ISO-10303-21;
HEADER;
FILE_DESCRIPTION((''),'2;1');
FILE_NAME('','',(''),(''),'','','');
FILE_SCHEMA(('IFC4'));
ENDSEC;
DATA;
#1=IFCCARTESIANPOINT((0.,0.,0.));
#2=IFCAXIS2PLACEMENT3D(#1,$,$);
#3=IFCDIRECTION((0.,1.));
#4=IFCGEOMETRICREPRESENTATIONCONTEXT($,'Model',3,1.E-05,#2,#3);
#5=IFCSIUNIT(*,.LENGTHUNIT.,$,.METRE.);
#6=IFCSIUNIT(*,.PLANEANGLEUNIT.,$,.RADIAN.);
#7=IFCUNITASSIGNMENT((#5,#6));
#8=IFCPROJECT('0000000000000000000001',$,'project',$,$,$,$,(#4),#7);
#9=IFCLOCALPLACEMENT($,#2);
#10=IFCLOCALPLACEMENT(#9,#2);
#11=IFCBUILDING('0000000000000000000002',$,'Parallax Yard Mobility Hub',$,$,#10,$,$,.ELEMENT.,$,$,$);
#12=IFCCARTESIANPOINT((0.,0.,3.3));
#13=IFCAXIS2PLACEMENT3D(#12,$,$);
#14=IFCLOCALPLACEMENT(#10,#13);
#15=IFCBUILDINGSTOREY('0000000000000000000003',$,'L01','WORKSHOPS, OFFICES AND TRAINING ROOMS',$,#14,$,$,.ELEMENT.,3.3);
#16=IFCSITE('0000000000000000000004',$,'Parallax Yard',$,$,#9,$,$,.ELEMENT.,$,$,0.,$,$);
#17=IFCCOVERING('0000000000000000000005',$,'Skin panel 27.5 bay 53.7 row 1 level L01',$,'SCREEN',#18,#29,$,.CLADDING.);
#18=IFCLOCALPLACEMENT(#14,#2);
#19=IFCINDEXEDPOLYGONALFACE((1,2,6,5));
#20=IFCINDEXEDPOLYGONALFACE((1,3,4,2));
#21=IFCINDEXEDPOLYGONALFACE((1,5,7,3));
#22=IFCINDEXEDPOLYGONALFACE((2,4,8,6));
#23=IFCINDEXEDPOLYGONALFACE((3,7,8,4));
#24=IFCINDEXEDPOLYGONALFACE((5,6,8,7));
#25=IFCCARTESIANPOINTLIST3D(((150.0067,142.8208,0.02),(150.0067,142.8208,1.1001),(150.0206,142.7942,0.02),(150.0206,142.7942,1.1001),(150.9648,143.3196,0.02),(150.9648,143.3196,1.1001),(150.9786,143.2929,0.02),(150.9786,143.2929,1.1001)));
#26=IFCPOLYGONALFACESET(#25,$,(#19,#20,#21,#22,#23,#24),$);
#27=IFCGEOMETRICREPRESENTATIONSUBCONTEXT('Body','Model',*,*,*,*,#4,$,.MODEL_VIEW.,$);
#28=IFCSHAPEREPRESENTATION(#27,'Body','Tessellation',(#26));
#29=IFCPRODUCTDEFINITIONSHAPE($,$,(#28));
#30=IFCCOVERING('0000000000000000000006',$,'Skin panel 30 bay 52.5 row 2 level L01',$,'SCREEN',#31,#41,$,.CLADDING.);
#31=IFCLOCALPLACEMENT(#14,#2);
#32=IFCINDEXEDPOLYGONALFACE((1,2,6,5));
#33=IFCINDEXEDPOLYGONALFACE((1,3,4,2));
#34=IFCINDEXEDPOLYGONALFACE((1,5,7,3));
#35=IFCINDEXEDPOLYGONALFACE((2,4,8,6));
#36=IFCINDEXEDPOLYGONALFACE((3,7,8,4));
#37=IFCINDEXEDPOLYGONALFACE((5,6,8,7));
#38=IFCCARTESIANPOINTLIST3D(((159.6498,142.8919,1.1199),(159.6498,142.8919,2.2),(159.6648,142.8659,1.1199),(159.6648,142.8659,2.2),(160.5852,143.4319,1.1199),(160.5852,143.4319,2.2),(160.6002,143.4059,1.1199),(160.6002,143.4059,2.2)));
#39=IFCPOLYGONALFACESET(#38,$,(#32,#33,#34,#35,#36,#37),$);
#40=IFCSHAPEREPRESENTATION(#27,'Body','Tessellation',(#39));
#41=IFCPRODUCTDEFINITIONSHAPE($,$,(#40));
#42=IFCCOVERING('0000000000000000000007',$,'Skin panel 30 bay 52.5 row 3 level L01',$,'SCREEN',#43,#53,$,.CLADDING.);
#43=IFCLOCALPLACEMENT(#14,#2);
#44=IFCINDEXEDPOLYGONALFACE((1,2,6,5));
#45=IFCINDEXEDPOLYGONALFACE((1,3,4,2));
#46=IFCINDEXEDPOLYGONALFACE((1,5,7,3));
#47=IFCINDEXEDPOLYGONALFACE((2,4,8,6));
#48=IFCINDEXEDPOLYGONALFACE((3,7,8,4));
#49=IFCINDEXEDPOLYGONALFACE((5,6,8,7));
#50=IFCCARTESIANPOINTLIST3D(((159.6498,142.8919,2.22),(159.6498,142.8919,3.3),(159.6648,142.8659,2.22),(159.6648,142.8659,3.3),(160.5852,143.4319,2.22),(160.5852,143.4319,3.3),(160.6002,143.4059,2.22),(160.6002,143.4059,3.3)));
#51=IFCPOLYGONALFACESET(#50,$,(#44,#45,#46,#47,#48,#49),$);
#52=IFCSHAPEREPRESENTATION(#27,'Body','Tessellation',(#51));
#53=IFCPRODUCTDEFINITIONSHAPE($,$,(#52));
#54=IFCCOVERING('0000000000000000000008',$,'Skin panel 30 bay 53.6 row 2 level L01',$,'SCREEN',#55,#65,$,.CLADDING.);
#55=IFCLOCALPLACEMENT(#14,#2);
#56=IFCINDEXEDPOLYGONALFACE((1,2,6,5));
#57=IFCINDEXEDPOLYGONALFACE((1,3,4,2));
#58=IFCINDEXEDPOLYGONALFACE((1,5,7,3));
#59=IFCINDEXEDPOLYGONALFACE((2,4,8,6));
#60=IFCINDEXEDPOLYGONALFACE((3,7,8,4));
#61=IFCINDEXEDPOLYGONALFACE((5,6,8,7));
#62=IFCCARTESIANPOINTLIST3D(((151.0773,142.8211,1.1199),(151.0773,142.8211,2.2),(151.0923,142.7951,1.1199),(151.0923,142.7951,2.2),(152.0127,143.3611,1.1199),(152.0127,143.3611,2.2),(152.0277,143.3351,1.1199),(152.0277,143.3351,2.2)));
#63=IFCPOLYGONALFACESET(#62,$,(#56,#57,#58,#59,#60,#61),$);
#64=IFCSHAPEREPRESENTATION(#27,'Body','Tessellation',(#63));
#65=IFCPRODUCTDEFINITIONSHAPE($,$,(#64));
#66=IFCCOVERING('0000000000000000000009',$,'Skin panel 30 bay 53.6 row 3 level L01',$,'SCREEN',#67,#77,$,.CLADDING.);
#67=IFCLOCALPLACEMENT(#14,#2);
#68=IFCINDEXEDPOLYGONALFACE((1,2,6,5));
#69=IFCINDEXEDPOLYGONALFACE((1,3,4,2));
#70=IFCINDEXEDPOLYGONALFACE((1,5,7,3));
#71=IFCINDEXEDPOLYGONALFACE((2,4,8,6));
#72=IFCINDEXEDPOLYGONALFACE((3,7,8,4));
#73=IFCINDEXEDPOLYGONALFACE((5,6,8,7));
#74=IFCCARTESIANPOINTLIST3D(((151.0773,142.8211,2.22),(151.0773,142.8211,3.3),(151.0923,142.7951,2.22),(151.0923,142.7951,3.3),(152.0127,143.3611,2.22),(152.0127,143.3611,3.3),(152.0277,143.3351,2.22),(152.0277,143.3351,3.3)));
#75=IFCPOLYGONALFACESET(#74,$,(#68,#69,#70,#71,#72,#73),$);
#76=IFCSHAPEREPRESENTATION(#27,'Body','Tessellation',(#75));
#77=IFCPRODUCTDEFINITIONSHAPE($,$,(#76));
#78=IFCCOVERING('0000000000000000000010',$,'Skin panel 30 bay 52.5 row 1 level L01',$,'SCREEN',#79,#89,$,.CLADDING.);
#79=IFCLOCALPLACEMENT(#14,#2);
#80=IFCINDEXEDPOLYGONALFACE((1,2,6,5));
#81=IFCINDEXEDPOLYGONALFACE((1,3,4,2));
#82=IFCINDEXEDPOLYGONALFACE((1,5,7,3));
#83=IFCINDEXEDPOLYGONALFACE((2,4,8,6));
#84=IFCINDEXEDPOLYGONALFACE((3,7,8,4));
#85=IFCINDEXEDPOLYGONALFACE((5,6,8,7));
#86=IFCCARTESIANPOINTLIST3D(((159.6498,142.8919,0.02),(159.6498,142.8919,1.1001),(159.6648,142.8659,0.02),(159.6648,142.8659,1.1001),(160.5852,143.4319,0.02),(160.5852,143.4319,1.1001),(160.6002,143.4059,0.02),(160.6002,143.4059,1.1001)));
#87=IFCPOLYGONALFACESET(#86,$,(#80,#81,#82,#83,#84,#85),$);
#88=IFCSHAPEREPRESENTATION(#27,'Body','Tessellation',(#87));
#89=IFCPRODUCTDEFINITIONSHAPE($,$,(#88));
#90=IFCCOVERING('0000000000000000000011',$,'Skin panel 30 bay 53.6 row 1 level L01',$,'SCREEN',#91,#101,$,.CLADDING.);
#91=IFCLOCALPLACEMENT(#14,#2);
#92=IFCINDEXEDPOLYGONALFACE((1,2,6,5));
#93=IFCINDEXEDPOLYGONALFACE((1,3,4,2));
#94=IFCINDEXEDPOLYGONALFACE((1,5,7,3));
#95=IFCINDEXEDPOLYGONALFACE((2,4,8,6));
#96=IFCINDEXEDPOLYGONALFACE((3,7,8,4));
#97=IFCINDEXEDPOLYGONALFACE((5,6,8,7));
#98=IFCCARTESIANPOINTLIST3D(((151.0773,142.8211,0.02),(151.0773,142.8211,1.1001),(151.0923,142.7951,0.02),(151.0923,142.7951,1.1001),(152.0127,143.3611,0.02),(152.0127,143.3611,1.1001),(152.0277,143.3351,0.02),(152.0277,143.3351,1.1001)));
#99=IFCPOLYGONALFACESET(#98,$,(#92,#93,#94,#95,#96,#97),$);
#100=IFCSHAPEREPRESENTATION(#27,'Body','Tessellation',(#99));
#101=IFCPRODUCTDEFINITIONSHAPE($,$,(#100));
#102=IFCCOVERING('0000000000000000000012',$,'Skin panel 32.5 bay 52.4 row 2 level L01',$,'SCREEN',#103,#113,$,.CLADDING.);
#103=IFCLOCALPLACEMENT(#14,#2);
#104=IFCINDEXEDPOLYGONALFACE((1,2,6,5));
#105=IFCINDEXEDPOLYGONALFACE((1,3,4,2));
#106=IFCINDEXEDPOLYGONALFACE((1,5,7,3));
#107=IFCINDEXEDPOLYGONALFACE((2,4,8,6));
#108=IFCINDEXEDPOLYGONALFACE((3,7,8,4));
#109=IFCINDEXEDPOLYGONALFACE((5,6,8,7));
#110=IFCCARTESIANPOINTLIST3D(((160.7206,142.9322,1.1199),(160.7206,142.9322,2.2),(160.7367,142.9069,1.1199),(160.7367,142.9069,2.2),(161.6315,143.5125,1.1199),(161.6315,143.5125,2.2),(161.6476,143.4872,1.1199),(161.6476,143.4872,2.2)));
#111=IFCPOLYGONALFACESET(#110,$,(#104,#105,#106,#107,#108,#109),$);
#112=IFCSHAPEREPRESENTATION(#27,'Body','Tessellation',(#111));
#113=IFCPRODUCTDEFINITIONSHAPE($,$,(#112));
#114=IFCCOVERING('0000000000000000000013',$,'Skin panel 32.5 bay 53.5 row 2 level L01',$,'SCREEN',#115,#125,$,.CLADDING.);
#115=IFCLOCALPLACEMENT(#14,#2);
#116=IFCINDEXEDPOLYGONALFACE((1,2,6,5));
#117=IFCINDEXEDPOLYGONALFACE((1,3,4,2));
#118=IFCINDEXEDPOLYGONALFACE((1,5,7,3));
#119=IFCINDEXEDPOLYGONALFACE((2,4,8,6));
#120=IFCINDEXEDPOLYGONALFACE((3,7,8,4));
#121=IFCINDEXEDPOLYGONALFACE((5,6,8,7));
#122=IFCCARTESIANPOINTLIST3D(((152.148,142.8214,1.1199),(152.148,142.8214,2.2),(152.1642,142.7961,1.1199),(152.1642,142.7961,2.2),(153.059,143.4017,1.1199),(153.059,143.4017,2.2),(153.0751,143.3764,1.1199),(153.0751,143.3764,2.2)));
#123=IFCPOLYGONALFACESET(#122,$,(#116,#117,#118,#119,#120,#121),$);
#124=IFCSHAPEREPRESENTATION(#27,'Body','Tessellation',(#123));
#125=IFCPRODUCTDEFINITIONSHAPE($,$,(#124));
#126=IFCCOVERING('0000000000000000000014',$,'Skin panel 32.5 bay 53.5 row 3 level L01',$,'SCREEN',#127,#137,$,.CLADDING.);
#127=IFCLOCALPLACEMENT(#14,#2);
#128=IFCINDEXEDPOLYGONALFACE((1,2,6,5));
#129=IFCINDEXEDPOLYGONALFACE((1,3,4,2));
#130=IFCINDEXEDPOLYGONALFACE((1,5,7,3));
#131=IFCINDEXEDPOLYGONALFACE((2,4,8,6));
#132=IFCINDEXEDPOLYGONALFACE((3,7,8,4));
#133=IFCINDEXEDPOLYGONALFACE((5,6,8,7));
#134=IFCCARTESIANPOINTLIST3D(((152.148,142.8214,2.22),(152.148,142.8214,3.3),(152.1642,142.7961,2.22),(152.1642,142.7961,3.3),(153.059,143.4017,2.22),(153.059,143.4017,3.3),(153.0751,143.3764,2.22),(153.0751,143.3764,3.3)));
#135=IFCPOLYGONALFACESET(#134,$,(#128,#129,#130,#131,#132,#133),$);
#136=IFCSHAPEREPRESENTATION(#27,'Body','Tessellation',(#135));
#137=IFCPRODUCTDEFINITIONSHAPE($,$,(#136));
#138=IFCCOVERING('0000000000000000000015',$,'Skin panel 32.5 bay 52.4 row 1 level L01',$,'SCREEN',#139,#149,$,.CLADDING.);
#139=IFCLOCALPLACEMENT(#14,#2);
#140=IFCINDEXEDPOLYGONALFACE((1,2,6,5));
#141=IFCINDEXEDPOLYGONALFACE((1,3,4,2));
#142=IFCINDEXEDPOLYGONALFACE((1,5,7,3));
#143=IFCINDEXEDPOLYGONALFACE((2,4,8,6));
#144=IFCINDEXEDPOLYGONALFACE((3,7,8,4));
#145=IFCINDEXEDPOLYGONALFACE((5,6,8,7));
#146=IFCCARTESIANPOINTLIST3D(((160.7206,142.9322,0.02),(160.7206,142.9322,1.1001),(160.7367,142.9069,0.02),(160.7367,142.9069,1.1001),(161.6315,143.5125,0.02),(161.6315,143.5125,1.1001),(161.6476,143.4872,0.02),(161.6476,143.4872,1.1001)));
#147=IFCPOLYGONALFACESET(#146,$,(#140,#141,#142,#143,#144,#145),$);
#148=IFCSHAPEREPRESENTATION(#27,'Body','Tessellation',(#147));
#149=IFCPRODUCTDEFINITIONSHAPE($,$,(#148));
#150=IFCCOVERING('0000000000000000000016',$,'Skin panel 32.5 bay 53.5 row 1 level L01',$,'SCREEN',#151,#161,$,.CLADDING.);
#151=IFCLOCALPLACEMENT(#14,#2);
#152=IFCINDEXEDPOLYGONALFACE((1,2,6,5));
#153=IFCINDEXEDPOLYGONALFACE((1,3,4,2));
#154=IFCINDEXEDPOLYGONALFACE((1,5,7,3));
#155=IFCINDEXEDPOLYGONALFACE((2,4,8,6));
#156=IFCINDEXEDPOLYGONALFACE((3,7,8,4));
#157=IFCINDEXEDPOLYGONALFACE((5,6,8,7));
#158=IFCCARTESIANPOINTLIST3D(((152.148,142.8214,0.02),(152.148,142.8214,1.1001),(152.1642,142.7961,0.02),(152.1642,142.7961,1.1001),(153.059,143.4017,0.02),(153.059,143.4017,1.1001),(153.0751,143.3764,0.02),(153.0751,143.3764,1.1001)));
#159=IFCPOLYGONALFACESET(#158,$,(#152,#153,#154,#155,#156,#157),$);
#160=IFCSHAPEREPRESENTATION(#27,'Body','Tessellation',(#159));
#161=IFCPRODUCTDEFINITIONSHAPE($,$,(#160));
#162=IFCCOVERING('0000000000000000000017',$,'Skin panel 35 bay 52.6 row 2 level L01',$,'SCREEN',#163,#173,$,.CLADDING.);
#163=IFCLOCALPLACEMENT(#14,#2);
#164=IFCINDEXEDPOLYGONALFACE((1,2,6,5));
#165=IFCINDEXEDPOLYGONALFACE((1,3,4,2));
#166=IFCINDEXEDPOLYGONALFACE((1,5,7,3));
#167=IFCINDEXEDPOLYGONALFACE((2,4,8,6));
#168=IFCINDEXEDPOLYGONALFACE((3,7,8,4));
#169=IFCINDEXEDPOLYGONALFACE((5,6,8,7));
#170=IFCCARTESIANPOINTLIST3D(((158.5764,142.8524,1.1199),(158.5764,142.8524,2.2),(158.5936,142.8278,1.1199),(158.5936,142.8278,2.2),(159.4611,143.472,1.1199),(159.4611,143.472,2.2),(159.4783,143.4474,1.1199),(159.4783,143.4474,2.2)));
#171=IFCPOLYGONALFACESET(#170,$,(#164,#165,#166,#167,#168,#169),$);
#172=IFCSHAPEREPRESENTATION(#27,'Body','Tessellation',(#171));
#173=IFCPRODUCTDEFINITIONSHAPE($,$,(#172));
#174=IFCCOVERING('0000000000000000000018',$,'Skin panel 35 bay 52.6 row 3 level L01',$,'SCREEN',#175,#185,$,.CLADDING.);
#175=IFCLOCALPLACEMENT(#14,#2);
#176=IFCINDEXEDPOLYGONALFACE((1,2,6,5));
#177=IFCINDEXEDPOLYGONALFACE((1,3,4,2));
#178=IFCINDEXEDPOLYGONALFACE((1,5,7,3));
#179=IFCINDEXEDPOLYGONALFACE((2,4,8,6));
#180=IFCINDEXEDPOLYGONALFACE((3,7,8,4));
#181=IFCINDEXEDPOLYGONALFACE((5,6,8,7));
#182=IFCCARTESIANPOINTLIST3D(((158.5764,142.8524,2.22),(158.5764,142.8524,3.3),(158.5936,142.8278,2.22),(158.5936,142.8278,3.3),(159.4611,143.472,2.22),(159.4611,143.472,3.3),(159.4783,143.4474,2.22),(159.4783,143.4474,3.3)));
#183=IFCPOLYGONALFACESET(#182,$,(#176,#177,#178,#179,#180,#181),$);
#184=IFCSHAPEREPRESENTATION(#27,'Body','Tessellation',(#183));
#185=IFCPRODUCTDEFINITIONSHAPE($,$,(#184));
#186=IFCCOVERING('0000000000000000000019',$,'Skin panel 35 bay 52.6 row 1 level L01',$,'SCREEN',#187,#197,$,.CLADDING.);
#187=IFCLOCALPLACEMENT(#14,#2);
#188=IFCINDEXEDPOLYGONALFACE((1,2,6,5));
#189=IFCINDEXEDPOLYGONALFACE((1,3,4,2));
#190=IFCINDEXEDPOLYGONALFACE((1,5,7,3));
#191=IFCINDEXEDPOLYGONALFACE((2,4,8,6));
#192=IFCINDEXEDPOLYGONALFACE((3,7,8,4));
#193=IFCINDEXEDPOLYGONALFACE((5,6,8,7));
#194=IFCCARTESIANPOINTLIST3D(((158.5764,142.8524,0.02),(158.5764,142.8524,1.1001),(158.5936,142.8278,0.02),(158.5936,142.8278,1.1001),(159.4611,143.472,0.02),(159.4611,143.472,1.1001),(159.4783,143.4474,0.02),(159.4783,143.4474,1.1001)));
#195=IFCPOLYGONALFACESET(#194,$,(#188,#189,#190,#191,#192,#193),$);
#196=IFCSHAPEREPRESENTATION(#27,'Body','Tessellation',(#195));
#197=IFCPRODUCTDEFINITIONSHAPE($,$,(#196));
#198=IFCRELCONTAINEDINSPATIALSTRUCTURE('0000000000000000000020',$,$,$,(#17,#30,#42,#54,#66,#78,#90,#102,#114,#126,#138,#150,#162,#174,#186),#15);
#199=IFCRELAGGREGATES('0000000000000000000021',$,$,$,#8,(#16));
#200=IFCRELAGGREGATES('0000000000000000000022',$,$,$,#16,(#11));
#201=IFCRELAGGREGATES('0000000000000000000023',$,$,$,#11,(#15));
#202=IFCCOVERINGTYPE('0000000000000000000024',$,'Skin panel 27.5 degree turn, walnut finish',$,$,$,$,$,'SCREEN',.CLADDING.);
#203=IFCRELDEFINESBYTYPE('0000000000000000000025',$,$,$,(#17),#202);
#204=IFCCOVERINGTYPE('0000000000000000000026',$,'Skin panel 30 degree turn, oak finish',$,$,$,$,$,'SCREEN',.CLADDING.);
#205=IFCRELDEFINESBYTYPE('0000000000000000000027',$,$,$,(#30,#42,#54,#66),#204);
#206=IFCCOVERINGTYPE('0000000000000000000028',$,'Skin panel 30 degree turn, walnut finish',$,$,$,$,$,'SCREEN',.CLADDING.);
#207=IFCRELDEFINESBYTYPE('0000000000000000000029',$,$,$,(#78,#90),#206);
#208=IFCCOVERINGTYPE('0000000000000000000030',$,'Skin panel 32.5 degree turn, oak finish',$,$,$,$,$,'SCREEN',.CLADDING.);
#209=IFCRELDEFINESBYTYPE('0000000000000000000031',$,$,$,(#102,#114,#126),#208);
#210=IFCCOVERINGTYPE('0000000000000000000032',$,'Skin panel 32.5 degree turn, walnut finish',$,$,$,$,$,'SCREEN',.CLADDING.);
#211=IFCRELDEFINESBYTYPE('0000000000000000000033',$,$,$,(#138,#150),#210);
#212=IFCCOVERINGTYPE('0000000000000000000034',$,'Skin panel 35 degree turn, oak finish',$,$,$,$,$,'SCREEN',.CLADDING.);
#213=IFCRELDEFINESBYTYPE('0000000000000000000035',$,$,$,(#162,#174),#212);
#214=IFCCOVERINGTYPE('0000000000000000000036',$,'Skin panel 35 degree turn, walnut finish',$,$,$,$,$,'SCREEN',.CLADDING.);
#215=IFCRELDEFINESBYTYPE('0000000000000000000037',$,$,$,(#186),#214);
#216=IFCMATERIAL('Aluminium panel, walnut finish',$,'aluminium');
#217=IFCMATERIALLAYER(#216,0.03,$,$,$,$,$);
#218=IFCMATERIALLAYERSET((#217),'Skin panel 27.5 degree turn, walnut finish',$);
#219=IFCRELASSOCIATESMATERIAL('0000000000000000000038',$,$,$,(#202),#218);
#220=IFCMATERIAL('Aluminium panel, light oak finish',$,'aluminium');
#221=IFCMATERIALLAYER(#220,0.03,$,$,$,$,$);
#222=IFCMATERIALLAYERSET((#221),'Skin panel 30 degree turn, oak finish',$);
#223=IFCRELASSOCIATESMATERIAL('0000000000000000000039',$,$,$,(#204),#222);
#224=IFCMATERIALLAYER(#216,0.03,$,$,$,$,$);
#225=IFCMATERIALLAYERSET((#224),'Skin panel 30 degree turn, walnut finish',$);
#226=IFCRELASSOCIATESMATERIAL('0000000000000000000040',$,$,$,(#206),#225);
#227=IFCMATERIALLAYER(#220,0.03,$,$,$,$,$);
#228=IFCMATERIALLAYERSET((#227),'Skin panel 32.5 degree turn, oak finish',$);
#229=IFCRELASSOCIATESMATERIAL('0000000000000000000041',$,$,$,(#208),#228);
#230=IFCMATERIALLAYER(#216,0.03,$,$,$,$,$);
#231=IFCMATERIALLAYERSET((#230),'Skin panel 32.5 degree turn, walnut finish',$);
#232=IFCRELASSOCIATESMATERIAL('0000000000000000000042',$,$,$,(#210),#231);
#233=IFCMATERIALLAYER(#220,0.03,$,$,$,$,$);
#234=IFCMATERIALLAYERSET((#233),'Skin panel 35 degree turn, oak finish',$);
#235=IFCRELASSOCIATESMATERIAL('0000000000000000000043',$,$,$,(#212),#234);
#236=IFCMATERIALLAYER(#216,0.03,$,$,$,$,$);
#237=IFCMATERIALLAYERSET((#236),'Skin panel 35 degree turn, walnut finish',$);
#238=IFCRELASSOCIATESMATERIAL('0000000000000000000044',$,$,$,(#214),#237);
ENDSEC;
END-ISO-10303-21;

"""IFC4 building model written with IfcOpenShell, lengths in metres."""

from ifc_helpers import new_model, si_unit, direction, frame, origin, origin_2d, place, context, subcontext, project, spatial, rectangle, extrude, material, layer, layer_set, type_object, element, save


model = new_model("IFC4")

# Units and contexts
model_context = context("Model", 3, precision=1e-05, world=origin(), true_north=direction((0.0, 1.0)))
body_context = subcontext(model_context, "Body", "Model", "MODEL_VIEW")
ifc_project = project(units=[si_unit("LENGTHUNIT", "METRE"), si_unit("PLANEANGLEUNIT", "RADIAN")], contexts=[model_context])

# Site, building, storey
site_placement = place(None, origin())
site = spatial("IfcSite", under=ifc_project, at=site_placement, Name="Parallax Yard", CompositionType="ELEMENT", RefElevation=0.0)
building_placement = place(site_placement, origin())
building = spatial("IfcBuilding", under=site, at=building_placement, Name="Parallax Yard Mobility Hub", CompositionType="ELEMENT")
storey_placement = place(building_placement, frame((0.0, 0.0, 3.3)))
storey = spatial("IfcBuildingStorey", under=building, at=storey_placement, Name="L01", Description="WORKSHOPS, OFFICES AND TRAINING ROOMS", CompositionType="ELEMENT", Elevation=3.3)

# Coverings
ifc_material_1 = material(Name="Aluminium panel, light oak finish", Category="aluminium")
ifc_material_2 = material(Name="Aluminium panel, walnut finish", Category="aluminium")
ifc_layer_1 = layer(ifc_material_2, 0.03)
ifc_layer_set_1 = layer_set([ifc_layer_1], Name="Skin panel 27.5 degree turn, walnut finish")
covering_type_1 = type_object("IfcCoveringType", Name="Skin panel 27.5 degree turn, walnut finish", ElementType="SCREEN", PredefinedType="CLADDING", material=ifc_layer_set_1)
for number, where, z_axis, x_axis, name in (
    (1, (150.4927, 143.0569, 0.02), (0.0, 0.0, 1.0), (0.887011, 0.461749, 0.0), "Skin panel 27.5 bay 53.7 row 1 level L01"),
):
    element("IfcCovering", number, at=place(storey_placement, frame(where, z_axis=z_axis, x_axis=x_axis)), inside=storey, type_object=covering_type_1, Name=name, ObjectType="SCREEN", PredefinedType="CLADDING", context=body_context, shape_type="SweptSolid", body=[
        extrude(rectangle(XDim=1.0801, YDim=0.03, at=origin_2d()), origin(), (0.0, 0.0, 1.0), 1.0801),
    ])
ifc_layer_2 = layer(ifc_material_1, 0.03)
ifc_layer_set_2 = layer_set([ifc_layer_2], Name="Skin panel 30 degree turn, oak finish")
covering_type_2 = type_object("IfcCoveringType", Name="Skin panel 30 degree turn, oak finish", ElementType="SCREEN", PredefinedType="CLADDING", material=ifc_layer_set_2)
for number, where, z_axis, x_axis, name in (
    (2, (160.125, 143.1489, 1.1199), (0.0, 0.0, 1.0), (0.866025, 0.5, 0.0), "Skin panel 30 bay 52.5 row 2 level L01"),
    (3, (160.125, 143.1489, 2.22), (0.0, 0.0, 1.0), (0.866025, 0.5, 0.0), "Skin panel 30 bay 52.5 row 3 level L01"),
    (4, (151.5525, 143.0781, 1.1199), (0.0, 0.0, 1.0), (0.866025, 0.5, 0.0), "Skin panel 30 bay 53.6 row 2 level L01"),
    (5, (151.5525, 143.0781, 2.22), (0.0, 0.0, 1.0), (0.866025, 0.5, 0.0), "Skin panel 30 bay 53.6 row 3 level L01"),
):
    element("IfcCovering", number, at=place(storey_placement, frame(where, z_axis=z_axis, x_axis=x_axis)), inside=storey, type_object=covering_type_2, Name=name, ObjectType="SCREEN", PredefinedType="CLADDING", context=body_context, shape_type="SweptSolid", body=[
        extrude(rectangle(XDim=1.0801, YDim=0.03, at=origin_2d()), origin(), (0.0, 0.0, 1.0), 1.0801),
    ])
ifc_layer_3 = layer(ifc_material_2, 0.03)
ifc_layer_set_3 = layer_set([ifc_layer_3], Name="Skin panel 30 degree turn, walnut finish")
covering_type_3 = type_object("IfcCoveringType", Name="Skin panel 30 degree turn, walnut finish", ElementType="SCREEN", PredefinedType="CLADDING", material=ifc_layer_set_3)
for number, where, z_axis, x_axis, name in (
    (6, (160.125, 143.1489, 0.02), (0.0, 0.0, 1.0), (0.866025, 0.5, 0.0), "Skin panel 30 bay 52.5 row 1 level L01"),
    (7, (151.5525, 143.0781, 0.02), (0.0, 0.0, 1.0), (0.866025, 0.5, 0.0), "Skin panel 30 bay 53.6 row 1 level L01"),
):
    element("IfcCovering", number, at=place(storey_placement, frame(where, z_axis=z_axis, x_axis=x_axis)), inside=storey, type_object=covering_type_3, Name=name, ObjectType="SCREEN", PredefinedType="CLADDING", context=body_context, shape_type="SweptSolid", body=[
        extrude(rectangle(XDim=1.0801, YDim=0.03, at=origin_2d()), origin(), (0.0, 0.0, 1.0), 1.0801),
    ])
ifc_layer_4 = layer(ifc_material_1, 0.03)
ifc_layer_set_4 = layer_set([ifc_layer_4], Name="Skin panel 32.5 degree turn, oak finish")
covering_type_4 = type_object("IfcCoveringType", Name="Skin panel 32.5 degree turn, oak finish", ElementType="SCREEN", PredefinedType="CLADDING", material=ifc_layer_set_4)
for number, where, z_axis, x_axis, name in (
    (8, (161.1841, 143.2097, 1.1199), (0.0, 0.0, 1.0), (0.843391, 0.5373, 0.0), "Skin panel 32.5 bay 52.4 row 2 level L01"),
    (9, (152.6116, 143.0989, 1.1199), (0.0, 0.0, 1.0), (0.843391, 0.5373, 0.0), "Skin panel 32.5 bay 53.5 row 2 level L01"),
    (10, (152.6116, 143.0989, 2.22), (0.0, 0.0, 1.0), (0.843391, 0.5373, 0.0), "Skin panel 32.5 bay 53.5 row 3 level L01"),
):
    element("IfcCovering", number, at=place(storey_placement, frame(where, z_axis=z_axis, x_axis=x_axis)), inside=storey, type_object=covering_type_4, Name=name, ObjectType="SCREEN", PredefinedType="CLADDING", context=body_context, shape_type="SweptSolid", body=[
        extrude(rectangle(XDim=1.0801, YDim=0.03, at=origin_2d()), origin(), (0.0, 0.0, 1.0), 1.0801),
    ])
ifc_layer_5 = layer(ifc_material_2, 0.03)
ifc_layer_set_5 = layer_set([ifc_layer_5], Name="Skin panel 32.5 degree turn, walnut finish")
covering_type_5 = type_object("IfcCoveringType", Name="Skin panel 32.5 degree turn, walnut finish", ElementType="SCREEN", PredefinedType="CLADDING", material=ifc_layer_set_5)
for number, where, z_axis, x_axis, name in (
    (11, (161.1841, 143.2097, 0.02), (0.0, 0.0, 1.0), (0.843391, 0.5373, 0.0), "Skin panel 32.5 bay 52.4 row 1 level L01"),
    (12, (152.6116, 143.0989, 0.02), (0.0, 0.0, 1.0), (0.843391, 0.5373, 0.0), "Skin panel 32.5 bay 53.5 row 1 level L01"),
):
    element("IfcCovering", number, at=place(storey_placement, frame(where, z_axis=z_axis, x_axis=x_axis)), inside=storey, type_object=covering_type_5, Name=name, ObjectType="SCREEN", PredefinedType="CLADDING", context=body_context, shape_type="SweptSolid", body=[
        extrude(rectangle(XDim=1.0801, YDim=0.03, at=origin_2d()), origin(), (0.0, 0.0, 1.0), 1.0801),
    ])
ifc_layer_6 = layer(ifc_material_1, 0.03)
ifc_layer_set_6 = layer_set([ifc_layer_6], Name="Skin panel 35 degree turn, oak finish")
covering_type_6 = type_object("IfcCoveringType", Name="Skin panel 35 degree turn, oak finish", ElementType="SCREEN", PredefinedType="CLADDING", material=ifc_layer_set_6)
for number, where, z_axis, x_axis, name in (
    (13, (159.0273, 143.1499, 1.1199), (0.0, 0.0, 1.0), (0.819152, 0.573576, 0.0), "Skin panel 35 bay 52.6 row 2 level L01"),
    (14, (159.0273, 143.1499, 2.22), (0.0, 0.0, 1.0), (0.819152, 0.573576, 0.0), "Skin panel 35 bay 52.6 row 3 level L01"),
):
    element("IfcCovering", number, at=place(storey_placement, frame(where, z_axis=z_axis, x_axis=x_axis)), inside=storey, type_object=covering_type_6, Name=name, ObjectType="SCREEN", PredefinedType="CLADDING", context=body_context, shape_type="SweptSolid", body=[
        extrude(rectangle(XDim=1.0801, YDim=0.03, at=origin_2d()), origin(), (0.0, 0.0, 1.0), 1.0801),
    ])
ifc_layer_7 = layer(ifc_material_2, 0.03)
ifc_layer_set_7 = layer_set([ifc_layer_7], Name="Skin panel 35 degree turn, walnut finish")
covering_type_7 = type_object("IfcCoveringType", Name="Skin panel 35 degree turn, walnut finish", ElementType="SCREEN", PredefinedType="CLADDING", material=ifc_layer_set_7)
covering_placement = place(storey_placement, frame((159.0273, 143.1499, 0.02), z_axis=(0.0, 0.0, 1.0), x_axis=(0.819152, 0.573576, 0.0)))
element("IfcCovering", 15, at=covering_placement, inside=storey, type_object=covering_type_7, Name="Skin panel 35 bay 52.6 row 1 level L01", ObjectType="SCREEN", PredefinedType="CLADDING", context=body_context, shape_type="SweptSolid", body=[
    extrude(rectangle(XDim=1.0801, YDim=0.03, at=origin_2d()), origin(), (0.0, 0.0, 1.0), 1.0801),
])

save(model, "model.ifc")
